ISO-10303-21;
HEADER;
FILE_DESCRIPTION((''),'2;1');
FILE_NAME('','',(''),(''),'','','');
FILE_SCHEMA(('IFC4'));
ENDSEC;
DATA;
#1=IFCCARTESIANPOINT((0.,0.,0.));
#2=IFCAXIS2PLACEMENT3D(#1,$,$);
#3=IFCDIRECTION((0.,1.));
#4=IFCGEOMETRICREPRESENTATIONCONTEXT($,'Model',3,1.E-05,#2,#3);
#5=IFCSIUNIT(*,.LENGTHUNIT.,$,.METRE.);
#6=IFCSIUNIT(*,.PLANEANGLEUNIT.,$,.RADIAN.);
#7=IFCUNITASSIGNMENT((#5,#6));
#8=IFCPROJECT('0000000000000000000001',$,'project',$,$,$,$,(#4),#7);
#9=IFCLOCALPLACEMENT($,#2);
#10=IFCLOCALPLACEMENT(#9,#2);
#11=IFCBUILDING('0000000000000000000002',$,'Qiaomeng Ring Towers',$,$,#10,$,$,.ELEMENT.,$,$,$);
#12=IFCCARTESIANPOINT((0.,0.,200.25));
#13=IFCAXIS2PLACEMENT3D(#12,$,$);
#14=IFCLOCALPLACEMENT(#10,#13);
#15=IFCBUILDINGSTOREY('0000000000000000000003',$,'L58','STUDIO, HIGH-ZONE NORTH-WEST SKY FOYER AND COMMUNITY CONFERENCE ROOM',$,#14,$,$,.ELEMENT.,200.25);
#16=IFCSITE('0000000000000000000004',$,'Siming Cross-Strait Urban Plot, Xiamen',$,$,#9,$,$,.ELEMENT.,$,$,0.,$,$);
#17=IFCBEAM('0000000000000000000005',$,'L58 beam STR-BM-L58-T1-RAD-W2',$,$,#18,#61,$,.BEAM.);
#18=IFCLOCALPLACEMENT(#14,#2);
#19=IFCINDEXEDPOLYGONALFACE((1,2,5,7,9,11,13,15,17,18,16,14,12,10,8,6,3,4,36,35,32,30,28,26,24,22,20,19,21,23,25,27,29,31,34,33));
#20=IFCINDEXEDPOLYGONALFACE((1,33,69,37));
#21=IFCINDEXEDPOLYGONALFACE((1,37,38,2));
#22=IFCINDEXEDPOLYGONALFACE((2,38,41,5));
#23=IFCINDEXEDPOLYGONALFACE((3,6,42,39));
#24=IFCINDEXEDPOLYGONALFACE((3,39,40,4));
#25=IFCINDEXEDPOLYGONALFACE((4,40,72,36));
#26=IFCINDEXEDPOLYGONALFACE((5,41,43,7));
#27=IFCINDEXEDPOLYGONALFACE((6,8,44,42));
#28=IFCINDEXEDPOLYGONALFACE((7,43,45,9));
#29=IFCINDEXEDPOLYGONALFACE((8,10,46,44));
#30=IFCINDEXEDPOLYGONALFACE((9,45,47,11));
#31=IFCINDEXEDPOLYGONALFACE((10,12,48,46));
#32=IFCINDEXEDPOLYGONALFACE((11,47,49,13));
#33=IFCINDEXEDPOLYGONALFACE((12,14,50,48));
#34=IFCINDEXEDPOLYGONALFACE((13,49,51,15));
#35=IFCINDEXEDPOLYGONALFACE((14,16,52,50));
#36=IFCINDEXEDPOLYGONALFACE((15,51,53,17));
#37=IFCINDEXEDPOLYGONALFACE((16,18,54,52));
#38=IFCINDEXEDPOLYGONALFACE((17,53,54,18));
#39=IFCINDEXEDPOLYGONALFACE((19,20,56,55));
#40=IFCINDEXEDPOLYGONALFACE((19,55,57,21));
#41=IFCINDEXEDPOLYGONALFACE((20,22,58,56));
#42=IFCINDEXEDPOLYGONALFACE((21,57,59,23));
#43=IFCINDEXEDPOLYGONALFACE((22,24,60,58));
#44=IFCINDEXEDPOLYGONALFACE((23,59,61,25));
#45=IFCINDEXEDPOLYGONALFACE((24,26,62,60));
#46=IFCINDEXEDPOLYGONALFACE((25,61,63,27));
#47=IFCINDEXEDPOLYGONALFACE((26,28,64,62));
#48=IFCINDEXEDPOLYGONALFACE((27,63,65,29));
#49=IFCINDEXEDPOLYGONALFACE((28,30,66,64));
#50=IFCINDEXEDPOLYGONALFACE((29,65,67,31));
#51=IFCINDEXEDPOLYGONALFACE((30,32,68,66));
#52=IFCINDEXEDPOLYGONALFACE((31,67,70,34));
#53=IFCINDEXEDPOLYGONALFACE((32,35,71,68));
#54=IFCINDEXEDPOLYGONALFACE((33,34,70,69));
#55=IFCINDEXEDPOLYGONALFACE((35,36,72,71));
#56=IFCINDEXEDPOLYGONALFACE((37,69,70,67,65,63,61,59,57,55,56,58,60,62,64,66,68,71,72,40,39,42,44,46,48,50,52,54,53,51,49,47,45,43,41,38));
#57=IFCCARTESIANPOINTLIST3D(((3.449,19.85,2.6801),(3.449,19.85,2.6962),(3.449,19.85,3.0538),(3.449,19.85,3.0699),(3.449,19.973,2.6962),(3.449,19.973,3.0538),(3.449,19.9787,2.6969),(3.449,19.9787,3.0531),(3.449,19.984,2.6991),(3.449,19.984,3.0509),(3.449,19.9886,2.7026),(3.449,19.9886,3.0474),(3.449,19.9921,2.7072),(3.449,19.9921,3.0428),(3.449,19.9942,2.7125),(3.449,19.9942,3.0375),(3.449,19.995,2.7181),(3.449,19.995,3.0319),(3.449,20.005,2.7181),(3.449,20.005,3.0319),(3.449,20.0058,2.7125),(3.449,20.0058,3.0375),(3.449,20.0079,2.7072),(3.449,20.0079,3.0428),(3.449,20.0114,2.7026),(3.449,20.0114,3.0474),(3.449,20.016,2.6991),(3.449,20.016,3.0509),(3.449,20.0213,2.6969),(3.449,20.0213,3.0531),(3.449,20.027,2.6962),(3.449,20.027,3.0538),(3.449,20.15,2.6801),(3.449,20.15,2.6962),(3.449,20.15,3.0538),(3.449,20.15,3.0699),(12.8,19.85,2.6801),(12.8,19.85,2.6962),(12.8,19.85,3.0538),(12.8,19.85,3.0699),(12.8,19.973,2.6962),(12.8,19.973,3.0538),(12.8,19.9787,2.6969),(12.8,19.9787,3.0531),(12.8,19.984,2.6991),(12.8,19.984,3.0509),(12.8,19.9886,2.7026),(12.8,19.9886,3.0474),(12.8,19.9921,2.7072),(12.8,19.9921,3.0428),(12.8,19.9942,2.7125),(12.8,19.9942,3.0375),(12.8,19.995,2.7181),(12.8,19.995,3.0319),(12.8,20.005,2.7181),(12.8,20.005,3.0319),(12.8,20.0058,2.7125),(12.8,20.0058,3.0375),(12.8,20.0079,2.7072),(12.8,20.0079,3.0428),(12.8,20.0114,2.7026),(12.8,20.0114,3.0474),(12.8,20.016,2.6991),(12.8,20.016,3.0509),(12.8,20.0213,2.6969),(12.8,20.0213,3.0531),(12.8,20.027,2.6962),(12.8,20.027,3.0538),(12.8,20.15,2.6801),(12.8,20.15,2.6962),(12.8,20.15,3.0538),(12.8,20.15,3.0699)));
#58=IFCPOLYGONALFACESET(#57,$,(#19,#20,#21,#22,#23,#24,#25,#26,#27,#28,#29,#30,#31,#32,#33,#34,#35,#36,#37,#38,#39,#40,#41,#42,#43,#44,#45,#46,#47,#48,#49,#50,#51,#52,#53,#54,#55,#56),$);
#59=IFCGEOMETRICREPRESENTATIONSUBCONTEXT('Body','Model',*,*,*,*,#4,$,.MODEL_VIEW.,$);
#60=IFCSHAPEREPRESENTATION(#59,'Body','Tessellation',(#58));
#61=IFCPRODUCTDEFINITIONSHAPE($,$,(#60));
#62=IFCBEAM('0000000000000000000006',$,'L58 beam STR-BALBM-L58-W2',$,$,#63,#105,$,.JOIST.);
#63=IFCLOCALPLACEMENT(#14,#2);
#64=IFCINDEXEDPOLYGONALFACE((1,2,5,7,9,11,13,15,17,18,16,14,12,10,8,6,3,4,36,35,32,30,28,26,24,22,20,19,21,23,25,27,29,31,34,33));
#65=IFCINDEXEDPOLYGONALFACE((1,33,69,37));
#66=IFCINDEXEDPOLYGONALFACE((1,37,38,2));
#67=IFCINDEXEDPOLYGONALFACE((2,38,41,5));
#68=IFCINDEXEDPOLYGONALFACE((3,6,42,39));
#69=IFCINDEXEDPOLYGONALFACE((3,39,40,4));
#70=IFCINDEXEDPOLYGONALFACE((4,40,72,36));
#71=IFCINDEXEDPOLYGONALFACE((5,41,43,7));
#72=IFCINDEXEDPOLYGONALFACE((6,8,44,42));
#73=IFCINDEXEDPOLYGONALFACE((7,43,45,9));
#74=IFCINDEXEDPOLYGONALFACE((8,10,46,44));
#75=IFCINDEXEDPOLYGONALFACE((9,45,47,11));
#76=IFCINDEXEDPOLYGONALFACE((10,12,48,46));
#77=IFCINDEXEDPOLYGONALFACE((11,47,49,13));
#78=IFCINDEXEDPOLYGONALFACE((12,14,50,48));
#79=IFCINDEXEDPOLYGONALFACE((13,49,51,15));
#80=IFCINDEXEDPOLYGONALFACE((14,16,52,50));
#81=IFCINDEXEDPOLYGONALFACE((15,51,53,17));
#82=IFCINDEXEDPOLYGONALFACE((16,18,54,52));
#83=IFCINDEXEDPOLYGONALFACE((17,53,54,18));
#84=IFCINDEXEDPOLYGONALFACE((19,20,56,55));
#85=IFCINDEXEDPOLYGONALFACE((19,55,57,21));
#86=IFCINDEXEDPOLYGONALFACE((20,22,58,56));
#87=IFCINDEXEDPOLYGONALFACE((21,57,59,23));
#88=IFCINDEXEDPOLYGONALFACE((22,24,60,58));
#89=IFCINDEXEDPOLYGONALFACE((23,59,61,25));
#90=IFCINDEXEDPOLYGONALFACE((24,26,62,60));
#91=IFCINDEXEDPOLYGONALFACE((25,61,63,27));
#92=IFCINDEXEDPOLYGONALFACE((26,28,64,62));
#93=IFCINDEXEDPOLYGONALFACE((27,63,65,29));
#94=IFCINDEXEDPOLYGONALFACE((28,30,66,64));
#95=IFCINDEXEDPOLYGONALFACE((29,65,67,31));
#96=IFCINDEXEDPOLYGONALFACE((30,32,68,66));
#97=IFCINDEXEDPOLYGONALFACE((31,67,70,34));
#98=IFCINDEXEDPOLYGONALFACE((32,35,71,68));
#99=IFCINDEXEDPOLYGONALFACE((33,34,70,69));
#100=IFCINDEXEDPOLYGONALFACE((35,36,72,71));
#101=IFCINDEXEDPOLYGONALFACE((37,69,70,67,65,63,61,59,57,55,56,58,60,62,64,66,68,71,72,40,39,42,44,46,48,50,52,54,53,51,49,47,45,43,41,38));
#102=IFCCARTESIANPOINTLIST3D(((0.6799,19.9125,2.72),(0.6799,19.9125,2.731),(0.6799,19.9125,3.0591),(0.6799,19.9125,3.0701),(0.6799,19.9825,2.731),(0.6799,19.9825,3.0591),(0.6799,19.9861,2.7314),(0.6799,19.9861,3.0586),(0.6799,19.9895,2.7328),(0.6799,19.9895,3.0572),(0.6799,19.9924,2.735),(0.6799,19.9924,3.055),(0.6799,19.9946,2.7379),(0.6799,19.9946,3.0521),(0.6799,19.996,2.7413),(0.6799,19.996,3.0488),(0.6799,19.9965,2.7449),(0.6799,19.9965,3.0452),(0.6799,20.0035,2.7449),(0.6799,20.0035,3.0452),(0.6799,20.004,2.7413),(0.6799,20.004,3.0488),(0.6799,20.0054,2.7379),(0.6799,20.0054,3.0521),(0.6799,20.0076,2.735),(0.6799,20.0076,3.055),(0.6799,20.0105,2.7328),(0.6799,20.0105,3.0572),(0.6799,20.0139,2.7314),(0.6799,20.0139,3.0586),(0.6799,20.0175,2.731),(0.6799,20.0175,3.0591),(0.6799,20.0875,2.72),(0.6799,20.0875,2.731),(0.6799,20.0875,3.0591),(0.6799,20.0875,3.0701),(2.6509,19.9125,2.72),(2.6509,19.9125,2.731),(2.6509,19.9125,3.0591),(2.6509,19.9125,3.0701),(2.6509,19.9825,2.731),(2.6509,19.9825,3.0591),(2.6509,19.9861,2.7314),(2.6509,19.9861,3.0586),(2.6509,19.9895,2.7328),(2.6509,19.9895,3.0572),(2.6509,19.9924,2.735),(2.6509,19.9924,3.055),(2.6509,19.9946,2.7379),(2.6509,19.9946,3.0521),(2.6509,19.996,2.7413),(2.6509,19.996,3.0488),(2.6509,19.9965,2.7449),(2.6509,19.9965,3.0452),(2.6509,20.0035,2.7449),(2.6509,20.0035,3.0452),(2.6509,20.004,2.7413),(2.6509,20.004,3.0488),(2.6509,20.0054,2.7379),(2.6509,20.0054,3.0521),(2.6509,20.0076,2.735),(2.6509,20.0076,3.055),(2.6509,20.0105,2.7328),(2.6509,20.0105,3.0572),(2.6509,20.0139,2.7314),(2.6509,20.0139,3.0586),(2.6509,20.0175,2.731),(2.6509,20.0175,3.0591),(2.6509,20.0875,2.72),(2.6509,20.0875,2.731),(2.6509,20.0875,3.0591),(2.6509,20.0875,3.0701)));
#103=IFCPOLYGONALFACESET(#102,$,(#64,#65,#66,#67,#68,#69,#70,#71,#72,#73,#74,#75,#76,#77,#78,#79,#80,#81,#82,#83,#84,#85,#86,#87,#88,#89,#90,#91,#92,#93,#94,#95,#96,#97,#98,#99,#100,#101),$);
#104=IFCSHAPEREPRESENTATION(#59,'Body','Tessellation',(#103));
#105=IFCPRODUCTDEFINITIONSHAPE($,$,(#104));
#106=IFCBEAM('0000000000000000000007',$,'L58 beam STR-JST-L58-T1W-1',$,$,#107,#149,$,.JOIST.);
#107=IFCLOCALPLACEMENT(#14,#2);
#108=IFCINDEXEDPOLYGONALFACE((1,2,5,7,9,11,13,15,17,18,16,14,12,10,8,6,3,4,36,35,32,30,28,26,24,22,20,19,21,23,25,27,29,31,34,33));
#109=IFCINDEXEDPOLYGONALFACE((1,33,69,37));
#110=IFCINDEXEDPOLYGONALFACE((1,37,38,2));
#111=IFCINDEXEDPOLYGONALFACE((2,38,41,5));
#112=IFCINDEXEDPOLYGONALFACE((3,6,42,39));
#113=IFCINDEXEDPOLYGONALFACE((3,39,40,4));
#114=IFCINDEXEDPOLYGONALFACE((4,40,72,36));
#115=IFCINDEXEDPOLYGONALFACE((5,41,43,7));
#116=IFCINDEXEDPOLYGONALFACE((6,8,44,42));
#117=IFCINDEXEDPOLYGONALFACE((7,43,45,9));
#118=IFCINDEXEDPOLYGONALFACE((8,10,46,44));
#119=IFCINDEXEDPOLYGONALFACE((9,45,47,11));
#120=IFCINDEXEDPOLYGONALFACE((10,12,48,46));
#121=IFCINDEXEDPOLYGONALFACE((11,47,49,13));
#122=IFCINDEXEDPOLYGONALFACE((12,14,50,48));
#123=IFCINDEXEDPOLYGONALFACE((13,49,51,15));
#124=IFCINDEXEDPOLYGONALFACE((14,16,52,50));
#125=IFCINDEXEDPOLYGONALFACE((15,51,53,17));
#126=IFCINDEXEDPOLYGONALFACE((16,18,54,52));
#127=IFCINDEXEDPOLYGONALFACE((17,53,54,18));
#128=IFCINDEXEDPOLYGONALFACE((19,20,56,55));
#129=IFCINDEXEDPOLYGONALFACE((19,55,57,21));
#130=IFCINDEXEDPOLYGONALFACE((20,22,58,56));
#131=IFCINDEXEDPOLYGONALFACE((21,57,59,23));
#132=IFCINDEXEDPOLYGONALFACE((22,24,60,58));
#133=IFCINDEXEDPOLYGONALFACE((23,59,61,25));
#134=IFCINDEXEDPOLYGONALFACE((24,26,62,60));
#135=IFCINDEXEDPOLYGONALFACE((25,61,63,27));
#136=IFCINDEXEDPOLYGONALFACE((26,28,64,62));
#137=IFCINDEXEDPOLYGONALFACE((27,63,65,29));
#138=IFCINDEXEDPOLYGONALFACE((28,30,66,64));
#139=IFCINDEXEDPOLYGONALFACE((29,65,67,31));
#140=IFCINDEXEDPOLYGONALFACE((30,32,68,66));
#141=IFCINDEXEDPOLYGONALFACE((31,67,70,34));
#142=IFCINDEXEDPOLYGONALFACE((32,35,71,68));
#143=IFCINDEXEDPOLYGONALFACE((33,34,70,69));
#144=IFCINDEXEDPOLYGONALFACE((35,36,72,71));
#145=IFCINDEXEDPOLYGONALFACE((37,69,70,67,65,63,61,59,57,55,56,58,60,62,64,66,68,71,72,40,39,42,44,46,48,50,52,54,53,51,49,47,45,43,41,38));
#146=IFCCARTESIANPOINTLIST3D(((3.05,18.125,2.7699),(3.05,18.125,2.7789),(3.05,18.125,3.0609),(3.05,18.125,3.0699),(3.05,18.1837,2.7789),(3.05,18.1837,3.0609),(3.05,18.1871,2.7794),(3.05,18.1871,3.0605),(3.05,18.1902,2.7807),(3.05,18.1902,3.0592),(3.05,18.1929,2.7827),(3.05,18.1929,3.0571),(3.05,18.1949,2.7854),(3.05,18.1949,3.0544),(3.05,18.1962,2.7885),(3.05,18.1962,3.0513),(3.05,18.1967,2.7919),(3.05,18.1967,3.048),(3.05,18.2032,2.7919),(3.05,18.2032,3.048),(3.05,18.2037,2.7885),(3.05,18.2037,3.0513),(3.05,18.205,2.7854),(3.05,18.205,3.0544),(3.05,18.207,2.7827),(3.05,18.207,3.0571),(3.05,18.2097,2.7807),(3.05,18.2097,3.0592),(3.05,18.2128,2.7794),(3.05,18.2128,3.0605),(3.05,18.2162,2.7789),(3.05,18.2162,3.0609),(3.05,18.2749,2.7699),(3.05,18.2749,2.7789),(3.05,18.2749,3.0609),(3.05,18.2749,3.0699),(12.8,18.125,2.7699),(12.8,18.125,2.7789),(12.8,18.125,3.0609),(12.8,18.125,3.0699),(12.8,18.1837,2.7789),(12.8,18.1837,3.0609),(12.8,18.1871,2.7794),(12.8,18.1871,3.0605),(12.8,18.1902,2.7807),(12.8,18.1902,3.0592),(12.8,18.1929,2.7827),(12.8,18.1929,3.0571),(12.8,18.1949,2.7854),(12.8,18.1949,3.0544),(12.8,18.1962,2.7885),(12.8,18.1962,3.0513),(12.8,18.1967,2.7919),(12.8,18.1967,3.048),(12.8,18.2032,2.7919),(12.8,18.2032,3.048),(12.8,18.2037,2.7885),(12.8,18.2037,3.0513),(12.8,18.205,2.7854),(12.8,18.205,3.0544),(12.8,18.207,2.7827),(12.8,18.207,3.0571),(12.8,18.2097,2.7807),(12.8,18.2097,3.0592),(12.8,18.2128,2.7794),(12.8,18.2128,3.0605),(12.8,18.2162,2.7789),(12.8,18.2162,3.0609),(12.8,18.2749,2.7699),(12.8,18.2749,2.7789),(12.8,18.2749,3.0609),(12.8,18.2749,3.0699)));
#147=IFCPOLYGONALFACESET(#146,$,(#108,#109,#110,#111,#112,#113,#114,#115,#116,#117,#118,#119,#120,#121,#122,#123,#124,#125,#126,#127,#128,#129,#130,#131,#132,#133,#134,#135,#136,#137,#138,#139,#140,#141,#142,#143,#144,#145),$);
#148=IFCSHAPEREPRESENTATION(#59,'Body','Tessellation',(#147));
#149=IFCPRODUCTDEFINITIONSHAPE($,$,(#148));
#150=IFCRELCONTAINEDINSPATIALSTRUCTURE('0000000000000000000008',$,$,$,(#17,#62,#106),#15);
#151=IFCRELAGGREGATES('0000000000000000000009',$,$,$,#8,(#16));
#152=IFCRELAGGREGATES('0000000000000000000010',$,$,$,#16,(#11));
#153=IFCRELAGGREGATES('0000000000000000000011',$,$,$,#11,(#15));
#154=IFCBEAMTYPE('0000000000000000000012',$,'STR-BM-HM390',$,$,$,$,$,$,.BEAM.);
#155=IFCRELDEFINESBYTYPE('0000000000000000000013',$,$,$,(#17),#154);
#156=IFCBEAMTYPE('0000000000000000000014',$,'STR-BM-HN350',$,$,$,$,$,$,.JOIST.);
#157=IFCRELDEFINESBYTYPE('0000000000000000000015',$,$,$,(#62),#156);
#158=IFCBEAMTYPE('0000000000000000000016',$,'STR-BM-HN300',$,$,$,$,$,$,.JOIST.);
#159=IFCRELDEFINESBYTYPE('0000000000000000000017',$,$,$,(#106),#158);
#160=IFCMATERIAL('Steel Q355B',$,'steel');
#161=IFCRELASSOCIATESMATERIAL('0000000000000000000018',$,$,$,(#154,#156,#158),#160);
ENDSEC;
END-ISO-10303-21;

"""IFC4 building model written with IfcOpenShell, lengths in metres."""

from ifc_helpers import new_model, si_unit, direction, frame, origin, origin_2d, place, context, subcontext, project, spatial, i_section, extrude, source, transform, mapped, material, material_profile, profile_set, type_object, element, save


model = new_model("IFC4")

# Units and contexts
model_context = context("Model", 3, precision=1e-05, world=origin(), true_north=direction((0.0, 1.0)))
body_context = subcontext(model_context, "Body", "Model", "MODEL_VIEW")
ifc_project = project(units=[si_unit("LENGTHUNIT", "METRE"), si_unit("PLANEANGLEUNIT", "RADIAN")], contexts=[model_context])

# Site, building, storey
site_placement = place(None, origin())
site = spatial("IfcSite", under=ifc_project, at=site_placement, Name="Siming Cross-Strait Urban Plot, Xiamen", CompositionType="ELEMENT", RefElevation=0.0)
building_placement = place(site_placement, origin())
building = spatial("IfcBuilding", under=site, at=building_placement, Name="Qiaomeng Ring Towers", CompositionType="ELEMENT")
storey_placement = place(building_placement, frame((0.0, 0.0, 200.25)))
storey = spatial("IfcBuildingStorey", under=building, at=storey_placement, Name="L58", Description="STUDIO, HIGH-ZONE NORTH-WEST SKY FOYER AND COMMUNITY CONFERENCE ROOM", CompositionType="ELEMENT", Elevation=200.25)

# Beams
ifc_material_1 = material(Name="Steel Q355B", Category="steel")
ifc_material_profile_1 = material_profile(ifc_material_1, i_section(OverallWidth=0.3, OverallDepth=0.3899, WebThickness=0.01, FlangeThickness=0.0161, FilletRadius=0.022, at=origin_2d()), Name="HM 390x300x10x16")
ifc_profile_set_1 = profile_set([ifc_material_profile_1], Name="Steel Q355B")
beam_type_1 = type_object("IfcBeamType", Name="STR-BM-HM390", PredefinedType="BEAM", material=ifc_profile_set_1)
shared_shape_1 = source(origin(), body_context, "Body", "SweptSolid", [
    extrude(i_section(OverallWidth=0.3, OverallDepth=0.3899, WebThickness=0.01, FlangeThickness=0.0161, FilletRadius=0.022, at=origin_2d()), origin(), (0.0, 0.0, 1.0), 9.3511),
])
beam_1_placement = place(storey_placement, frame((3.449, 20.0, 2.875), z_axis=(1.0, 0.0, 0.0), x_axis=(0.0, 1.0, 0.0)))
element("IfcBeam", 1, at=beam_1_placement, inside=storey, type_object=beam_type_1, Name="L58 beam STR-BM-L58-T1-RAD-W2", PredefinedType="BEAM", context=body_context, shape_type="MappedRepresentation", body=[
    mapped(shared_shape_1, transform((0.0, 0.0, 0.0), x_axis=(1.0, 0.0, 0.0), y_axis=(0.0, 1.0, 0.0), z_axis=(0.0, 0.0, 1.0), scale=1.0)),
])
ifc_material_profile_2 = material_profile(ifc_material_1, i_section(OverallWidth=0.175, OverallDepth=0.3501, WebThickness=0.0071, FlangeThickness=0.011, FilletRadius=0.0139, at=origin_2d()), Name="HN 350x175x7x11")
ifc_profile_set_2 = profile_set([ifc_material_profile_2], Name="Steel Q355B")
beam_type_2 = type_object("IfcBeamType", Name="STR-BM-HN350", PredefinedType="JOIST", material=ifc_profile_set_2)
shared_shape_2 = source(origin(), body_context, "Body", "SweptSolid", [
    extrude(i_section(OverallWidth=0.175, OverallDepth=0.3501, WebThickness=0.0071, FlangeThickness=0.011, FilletRadius=0.0139, at=origin_2d()), origin(), (0.0, 0.0, 1.0), 1.9709),
])
beam_2_placement = place(storey_placement, frame((0.6799, 20.0, 2.895), z_axis=(1.0, 0.0, 0.0), x_axis=(0.0, 1.0, 0.0)))
element("IfcBeam", 2, at=beam_2_placement, inside=storey, type_object=beam_type_2, Name="L58 beam STR-BALBM-L58-W2", PredefinedType="JOIST", context=body_context, shape_type="MappedRepresentation", body=[
    mapped(shared_shape_2, transform((0.0, 0.0, 0.0), x_axis=(1.0, 0.0, 0.0), y_axis=(0.0, 1.0, 0.0), z_axis=(0.0, 0.0, 1.0), scale=1.0)),
])
ifc_material_profile_3 = material_profile(ifc_material_1, i_section(OverallWidth=0.1499, OverallDepth=0.3, WebThickness=0.0066, FlangeThickness=0.009, FilletRadius=0.0129, at=origin_2d()), Name="HN 300x150x6.5x9")
ifc_profile_set_3 = profile_set([ifc_material_profile_3], Name="Steel Q355B")
beam_type_3 = type_object("IfcBeamType", Name="STR-BM-HN300", PredefinedType="JOIST", material=ifc_profile_set_3)
shared_shape_3 = source(origin(), body_context, "Body", "SweptSolid", [
    extrude(i_section(OverallWidth=0.1499, OverallDepth=0.3, WebThickness=0.0066, FlangeThickness=0.009, FilletRadius=0.0129, at=origin_2d()), origin(), (0.0, 0.0, 1.0), 9.75),
])
beam_3_placement = place(storey_placement, frame((3.05, 18.2, 2.9199), z_axis=(1.0, 0.0, 0.0), x_axis=(0.0, 1.0, 0.0)))
element("IfcBeam", 3, at=beam_3_placement, inside=storey, type_object=beam_type_3, Name="L58 beam STR-JST-L58-T1W-1", PredefinedType="JOIST", context=body_context, shape_type="MappedRepresentation", body=[
    mapped(shared_shape_3, transform((0.0, 0.0, 0.0), x_axis=(1.0, 0.0, 0.0), y_axis=(0.0, 1.0, 0.0), z_axis=(0.0, 0.0, 1.0), scale=1.0)),
])

save(model, "model.ifc")
